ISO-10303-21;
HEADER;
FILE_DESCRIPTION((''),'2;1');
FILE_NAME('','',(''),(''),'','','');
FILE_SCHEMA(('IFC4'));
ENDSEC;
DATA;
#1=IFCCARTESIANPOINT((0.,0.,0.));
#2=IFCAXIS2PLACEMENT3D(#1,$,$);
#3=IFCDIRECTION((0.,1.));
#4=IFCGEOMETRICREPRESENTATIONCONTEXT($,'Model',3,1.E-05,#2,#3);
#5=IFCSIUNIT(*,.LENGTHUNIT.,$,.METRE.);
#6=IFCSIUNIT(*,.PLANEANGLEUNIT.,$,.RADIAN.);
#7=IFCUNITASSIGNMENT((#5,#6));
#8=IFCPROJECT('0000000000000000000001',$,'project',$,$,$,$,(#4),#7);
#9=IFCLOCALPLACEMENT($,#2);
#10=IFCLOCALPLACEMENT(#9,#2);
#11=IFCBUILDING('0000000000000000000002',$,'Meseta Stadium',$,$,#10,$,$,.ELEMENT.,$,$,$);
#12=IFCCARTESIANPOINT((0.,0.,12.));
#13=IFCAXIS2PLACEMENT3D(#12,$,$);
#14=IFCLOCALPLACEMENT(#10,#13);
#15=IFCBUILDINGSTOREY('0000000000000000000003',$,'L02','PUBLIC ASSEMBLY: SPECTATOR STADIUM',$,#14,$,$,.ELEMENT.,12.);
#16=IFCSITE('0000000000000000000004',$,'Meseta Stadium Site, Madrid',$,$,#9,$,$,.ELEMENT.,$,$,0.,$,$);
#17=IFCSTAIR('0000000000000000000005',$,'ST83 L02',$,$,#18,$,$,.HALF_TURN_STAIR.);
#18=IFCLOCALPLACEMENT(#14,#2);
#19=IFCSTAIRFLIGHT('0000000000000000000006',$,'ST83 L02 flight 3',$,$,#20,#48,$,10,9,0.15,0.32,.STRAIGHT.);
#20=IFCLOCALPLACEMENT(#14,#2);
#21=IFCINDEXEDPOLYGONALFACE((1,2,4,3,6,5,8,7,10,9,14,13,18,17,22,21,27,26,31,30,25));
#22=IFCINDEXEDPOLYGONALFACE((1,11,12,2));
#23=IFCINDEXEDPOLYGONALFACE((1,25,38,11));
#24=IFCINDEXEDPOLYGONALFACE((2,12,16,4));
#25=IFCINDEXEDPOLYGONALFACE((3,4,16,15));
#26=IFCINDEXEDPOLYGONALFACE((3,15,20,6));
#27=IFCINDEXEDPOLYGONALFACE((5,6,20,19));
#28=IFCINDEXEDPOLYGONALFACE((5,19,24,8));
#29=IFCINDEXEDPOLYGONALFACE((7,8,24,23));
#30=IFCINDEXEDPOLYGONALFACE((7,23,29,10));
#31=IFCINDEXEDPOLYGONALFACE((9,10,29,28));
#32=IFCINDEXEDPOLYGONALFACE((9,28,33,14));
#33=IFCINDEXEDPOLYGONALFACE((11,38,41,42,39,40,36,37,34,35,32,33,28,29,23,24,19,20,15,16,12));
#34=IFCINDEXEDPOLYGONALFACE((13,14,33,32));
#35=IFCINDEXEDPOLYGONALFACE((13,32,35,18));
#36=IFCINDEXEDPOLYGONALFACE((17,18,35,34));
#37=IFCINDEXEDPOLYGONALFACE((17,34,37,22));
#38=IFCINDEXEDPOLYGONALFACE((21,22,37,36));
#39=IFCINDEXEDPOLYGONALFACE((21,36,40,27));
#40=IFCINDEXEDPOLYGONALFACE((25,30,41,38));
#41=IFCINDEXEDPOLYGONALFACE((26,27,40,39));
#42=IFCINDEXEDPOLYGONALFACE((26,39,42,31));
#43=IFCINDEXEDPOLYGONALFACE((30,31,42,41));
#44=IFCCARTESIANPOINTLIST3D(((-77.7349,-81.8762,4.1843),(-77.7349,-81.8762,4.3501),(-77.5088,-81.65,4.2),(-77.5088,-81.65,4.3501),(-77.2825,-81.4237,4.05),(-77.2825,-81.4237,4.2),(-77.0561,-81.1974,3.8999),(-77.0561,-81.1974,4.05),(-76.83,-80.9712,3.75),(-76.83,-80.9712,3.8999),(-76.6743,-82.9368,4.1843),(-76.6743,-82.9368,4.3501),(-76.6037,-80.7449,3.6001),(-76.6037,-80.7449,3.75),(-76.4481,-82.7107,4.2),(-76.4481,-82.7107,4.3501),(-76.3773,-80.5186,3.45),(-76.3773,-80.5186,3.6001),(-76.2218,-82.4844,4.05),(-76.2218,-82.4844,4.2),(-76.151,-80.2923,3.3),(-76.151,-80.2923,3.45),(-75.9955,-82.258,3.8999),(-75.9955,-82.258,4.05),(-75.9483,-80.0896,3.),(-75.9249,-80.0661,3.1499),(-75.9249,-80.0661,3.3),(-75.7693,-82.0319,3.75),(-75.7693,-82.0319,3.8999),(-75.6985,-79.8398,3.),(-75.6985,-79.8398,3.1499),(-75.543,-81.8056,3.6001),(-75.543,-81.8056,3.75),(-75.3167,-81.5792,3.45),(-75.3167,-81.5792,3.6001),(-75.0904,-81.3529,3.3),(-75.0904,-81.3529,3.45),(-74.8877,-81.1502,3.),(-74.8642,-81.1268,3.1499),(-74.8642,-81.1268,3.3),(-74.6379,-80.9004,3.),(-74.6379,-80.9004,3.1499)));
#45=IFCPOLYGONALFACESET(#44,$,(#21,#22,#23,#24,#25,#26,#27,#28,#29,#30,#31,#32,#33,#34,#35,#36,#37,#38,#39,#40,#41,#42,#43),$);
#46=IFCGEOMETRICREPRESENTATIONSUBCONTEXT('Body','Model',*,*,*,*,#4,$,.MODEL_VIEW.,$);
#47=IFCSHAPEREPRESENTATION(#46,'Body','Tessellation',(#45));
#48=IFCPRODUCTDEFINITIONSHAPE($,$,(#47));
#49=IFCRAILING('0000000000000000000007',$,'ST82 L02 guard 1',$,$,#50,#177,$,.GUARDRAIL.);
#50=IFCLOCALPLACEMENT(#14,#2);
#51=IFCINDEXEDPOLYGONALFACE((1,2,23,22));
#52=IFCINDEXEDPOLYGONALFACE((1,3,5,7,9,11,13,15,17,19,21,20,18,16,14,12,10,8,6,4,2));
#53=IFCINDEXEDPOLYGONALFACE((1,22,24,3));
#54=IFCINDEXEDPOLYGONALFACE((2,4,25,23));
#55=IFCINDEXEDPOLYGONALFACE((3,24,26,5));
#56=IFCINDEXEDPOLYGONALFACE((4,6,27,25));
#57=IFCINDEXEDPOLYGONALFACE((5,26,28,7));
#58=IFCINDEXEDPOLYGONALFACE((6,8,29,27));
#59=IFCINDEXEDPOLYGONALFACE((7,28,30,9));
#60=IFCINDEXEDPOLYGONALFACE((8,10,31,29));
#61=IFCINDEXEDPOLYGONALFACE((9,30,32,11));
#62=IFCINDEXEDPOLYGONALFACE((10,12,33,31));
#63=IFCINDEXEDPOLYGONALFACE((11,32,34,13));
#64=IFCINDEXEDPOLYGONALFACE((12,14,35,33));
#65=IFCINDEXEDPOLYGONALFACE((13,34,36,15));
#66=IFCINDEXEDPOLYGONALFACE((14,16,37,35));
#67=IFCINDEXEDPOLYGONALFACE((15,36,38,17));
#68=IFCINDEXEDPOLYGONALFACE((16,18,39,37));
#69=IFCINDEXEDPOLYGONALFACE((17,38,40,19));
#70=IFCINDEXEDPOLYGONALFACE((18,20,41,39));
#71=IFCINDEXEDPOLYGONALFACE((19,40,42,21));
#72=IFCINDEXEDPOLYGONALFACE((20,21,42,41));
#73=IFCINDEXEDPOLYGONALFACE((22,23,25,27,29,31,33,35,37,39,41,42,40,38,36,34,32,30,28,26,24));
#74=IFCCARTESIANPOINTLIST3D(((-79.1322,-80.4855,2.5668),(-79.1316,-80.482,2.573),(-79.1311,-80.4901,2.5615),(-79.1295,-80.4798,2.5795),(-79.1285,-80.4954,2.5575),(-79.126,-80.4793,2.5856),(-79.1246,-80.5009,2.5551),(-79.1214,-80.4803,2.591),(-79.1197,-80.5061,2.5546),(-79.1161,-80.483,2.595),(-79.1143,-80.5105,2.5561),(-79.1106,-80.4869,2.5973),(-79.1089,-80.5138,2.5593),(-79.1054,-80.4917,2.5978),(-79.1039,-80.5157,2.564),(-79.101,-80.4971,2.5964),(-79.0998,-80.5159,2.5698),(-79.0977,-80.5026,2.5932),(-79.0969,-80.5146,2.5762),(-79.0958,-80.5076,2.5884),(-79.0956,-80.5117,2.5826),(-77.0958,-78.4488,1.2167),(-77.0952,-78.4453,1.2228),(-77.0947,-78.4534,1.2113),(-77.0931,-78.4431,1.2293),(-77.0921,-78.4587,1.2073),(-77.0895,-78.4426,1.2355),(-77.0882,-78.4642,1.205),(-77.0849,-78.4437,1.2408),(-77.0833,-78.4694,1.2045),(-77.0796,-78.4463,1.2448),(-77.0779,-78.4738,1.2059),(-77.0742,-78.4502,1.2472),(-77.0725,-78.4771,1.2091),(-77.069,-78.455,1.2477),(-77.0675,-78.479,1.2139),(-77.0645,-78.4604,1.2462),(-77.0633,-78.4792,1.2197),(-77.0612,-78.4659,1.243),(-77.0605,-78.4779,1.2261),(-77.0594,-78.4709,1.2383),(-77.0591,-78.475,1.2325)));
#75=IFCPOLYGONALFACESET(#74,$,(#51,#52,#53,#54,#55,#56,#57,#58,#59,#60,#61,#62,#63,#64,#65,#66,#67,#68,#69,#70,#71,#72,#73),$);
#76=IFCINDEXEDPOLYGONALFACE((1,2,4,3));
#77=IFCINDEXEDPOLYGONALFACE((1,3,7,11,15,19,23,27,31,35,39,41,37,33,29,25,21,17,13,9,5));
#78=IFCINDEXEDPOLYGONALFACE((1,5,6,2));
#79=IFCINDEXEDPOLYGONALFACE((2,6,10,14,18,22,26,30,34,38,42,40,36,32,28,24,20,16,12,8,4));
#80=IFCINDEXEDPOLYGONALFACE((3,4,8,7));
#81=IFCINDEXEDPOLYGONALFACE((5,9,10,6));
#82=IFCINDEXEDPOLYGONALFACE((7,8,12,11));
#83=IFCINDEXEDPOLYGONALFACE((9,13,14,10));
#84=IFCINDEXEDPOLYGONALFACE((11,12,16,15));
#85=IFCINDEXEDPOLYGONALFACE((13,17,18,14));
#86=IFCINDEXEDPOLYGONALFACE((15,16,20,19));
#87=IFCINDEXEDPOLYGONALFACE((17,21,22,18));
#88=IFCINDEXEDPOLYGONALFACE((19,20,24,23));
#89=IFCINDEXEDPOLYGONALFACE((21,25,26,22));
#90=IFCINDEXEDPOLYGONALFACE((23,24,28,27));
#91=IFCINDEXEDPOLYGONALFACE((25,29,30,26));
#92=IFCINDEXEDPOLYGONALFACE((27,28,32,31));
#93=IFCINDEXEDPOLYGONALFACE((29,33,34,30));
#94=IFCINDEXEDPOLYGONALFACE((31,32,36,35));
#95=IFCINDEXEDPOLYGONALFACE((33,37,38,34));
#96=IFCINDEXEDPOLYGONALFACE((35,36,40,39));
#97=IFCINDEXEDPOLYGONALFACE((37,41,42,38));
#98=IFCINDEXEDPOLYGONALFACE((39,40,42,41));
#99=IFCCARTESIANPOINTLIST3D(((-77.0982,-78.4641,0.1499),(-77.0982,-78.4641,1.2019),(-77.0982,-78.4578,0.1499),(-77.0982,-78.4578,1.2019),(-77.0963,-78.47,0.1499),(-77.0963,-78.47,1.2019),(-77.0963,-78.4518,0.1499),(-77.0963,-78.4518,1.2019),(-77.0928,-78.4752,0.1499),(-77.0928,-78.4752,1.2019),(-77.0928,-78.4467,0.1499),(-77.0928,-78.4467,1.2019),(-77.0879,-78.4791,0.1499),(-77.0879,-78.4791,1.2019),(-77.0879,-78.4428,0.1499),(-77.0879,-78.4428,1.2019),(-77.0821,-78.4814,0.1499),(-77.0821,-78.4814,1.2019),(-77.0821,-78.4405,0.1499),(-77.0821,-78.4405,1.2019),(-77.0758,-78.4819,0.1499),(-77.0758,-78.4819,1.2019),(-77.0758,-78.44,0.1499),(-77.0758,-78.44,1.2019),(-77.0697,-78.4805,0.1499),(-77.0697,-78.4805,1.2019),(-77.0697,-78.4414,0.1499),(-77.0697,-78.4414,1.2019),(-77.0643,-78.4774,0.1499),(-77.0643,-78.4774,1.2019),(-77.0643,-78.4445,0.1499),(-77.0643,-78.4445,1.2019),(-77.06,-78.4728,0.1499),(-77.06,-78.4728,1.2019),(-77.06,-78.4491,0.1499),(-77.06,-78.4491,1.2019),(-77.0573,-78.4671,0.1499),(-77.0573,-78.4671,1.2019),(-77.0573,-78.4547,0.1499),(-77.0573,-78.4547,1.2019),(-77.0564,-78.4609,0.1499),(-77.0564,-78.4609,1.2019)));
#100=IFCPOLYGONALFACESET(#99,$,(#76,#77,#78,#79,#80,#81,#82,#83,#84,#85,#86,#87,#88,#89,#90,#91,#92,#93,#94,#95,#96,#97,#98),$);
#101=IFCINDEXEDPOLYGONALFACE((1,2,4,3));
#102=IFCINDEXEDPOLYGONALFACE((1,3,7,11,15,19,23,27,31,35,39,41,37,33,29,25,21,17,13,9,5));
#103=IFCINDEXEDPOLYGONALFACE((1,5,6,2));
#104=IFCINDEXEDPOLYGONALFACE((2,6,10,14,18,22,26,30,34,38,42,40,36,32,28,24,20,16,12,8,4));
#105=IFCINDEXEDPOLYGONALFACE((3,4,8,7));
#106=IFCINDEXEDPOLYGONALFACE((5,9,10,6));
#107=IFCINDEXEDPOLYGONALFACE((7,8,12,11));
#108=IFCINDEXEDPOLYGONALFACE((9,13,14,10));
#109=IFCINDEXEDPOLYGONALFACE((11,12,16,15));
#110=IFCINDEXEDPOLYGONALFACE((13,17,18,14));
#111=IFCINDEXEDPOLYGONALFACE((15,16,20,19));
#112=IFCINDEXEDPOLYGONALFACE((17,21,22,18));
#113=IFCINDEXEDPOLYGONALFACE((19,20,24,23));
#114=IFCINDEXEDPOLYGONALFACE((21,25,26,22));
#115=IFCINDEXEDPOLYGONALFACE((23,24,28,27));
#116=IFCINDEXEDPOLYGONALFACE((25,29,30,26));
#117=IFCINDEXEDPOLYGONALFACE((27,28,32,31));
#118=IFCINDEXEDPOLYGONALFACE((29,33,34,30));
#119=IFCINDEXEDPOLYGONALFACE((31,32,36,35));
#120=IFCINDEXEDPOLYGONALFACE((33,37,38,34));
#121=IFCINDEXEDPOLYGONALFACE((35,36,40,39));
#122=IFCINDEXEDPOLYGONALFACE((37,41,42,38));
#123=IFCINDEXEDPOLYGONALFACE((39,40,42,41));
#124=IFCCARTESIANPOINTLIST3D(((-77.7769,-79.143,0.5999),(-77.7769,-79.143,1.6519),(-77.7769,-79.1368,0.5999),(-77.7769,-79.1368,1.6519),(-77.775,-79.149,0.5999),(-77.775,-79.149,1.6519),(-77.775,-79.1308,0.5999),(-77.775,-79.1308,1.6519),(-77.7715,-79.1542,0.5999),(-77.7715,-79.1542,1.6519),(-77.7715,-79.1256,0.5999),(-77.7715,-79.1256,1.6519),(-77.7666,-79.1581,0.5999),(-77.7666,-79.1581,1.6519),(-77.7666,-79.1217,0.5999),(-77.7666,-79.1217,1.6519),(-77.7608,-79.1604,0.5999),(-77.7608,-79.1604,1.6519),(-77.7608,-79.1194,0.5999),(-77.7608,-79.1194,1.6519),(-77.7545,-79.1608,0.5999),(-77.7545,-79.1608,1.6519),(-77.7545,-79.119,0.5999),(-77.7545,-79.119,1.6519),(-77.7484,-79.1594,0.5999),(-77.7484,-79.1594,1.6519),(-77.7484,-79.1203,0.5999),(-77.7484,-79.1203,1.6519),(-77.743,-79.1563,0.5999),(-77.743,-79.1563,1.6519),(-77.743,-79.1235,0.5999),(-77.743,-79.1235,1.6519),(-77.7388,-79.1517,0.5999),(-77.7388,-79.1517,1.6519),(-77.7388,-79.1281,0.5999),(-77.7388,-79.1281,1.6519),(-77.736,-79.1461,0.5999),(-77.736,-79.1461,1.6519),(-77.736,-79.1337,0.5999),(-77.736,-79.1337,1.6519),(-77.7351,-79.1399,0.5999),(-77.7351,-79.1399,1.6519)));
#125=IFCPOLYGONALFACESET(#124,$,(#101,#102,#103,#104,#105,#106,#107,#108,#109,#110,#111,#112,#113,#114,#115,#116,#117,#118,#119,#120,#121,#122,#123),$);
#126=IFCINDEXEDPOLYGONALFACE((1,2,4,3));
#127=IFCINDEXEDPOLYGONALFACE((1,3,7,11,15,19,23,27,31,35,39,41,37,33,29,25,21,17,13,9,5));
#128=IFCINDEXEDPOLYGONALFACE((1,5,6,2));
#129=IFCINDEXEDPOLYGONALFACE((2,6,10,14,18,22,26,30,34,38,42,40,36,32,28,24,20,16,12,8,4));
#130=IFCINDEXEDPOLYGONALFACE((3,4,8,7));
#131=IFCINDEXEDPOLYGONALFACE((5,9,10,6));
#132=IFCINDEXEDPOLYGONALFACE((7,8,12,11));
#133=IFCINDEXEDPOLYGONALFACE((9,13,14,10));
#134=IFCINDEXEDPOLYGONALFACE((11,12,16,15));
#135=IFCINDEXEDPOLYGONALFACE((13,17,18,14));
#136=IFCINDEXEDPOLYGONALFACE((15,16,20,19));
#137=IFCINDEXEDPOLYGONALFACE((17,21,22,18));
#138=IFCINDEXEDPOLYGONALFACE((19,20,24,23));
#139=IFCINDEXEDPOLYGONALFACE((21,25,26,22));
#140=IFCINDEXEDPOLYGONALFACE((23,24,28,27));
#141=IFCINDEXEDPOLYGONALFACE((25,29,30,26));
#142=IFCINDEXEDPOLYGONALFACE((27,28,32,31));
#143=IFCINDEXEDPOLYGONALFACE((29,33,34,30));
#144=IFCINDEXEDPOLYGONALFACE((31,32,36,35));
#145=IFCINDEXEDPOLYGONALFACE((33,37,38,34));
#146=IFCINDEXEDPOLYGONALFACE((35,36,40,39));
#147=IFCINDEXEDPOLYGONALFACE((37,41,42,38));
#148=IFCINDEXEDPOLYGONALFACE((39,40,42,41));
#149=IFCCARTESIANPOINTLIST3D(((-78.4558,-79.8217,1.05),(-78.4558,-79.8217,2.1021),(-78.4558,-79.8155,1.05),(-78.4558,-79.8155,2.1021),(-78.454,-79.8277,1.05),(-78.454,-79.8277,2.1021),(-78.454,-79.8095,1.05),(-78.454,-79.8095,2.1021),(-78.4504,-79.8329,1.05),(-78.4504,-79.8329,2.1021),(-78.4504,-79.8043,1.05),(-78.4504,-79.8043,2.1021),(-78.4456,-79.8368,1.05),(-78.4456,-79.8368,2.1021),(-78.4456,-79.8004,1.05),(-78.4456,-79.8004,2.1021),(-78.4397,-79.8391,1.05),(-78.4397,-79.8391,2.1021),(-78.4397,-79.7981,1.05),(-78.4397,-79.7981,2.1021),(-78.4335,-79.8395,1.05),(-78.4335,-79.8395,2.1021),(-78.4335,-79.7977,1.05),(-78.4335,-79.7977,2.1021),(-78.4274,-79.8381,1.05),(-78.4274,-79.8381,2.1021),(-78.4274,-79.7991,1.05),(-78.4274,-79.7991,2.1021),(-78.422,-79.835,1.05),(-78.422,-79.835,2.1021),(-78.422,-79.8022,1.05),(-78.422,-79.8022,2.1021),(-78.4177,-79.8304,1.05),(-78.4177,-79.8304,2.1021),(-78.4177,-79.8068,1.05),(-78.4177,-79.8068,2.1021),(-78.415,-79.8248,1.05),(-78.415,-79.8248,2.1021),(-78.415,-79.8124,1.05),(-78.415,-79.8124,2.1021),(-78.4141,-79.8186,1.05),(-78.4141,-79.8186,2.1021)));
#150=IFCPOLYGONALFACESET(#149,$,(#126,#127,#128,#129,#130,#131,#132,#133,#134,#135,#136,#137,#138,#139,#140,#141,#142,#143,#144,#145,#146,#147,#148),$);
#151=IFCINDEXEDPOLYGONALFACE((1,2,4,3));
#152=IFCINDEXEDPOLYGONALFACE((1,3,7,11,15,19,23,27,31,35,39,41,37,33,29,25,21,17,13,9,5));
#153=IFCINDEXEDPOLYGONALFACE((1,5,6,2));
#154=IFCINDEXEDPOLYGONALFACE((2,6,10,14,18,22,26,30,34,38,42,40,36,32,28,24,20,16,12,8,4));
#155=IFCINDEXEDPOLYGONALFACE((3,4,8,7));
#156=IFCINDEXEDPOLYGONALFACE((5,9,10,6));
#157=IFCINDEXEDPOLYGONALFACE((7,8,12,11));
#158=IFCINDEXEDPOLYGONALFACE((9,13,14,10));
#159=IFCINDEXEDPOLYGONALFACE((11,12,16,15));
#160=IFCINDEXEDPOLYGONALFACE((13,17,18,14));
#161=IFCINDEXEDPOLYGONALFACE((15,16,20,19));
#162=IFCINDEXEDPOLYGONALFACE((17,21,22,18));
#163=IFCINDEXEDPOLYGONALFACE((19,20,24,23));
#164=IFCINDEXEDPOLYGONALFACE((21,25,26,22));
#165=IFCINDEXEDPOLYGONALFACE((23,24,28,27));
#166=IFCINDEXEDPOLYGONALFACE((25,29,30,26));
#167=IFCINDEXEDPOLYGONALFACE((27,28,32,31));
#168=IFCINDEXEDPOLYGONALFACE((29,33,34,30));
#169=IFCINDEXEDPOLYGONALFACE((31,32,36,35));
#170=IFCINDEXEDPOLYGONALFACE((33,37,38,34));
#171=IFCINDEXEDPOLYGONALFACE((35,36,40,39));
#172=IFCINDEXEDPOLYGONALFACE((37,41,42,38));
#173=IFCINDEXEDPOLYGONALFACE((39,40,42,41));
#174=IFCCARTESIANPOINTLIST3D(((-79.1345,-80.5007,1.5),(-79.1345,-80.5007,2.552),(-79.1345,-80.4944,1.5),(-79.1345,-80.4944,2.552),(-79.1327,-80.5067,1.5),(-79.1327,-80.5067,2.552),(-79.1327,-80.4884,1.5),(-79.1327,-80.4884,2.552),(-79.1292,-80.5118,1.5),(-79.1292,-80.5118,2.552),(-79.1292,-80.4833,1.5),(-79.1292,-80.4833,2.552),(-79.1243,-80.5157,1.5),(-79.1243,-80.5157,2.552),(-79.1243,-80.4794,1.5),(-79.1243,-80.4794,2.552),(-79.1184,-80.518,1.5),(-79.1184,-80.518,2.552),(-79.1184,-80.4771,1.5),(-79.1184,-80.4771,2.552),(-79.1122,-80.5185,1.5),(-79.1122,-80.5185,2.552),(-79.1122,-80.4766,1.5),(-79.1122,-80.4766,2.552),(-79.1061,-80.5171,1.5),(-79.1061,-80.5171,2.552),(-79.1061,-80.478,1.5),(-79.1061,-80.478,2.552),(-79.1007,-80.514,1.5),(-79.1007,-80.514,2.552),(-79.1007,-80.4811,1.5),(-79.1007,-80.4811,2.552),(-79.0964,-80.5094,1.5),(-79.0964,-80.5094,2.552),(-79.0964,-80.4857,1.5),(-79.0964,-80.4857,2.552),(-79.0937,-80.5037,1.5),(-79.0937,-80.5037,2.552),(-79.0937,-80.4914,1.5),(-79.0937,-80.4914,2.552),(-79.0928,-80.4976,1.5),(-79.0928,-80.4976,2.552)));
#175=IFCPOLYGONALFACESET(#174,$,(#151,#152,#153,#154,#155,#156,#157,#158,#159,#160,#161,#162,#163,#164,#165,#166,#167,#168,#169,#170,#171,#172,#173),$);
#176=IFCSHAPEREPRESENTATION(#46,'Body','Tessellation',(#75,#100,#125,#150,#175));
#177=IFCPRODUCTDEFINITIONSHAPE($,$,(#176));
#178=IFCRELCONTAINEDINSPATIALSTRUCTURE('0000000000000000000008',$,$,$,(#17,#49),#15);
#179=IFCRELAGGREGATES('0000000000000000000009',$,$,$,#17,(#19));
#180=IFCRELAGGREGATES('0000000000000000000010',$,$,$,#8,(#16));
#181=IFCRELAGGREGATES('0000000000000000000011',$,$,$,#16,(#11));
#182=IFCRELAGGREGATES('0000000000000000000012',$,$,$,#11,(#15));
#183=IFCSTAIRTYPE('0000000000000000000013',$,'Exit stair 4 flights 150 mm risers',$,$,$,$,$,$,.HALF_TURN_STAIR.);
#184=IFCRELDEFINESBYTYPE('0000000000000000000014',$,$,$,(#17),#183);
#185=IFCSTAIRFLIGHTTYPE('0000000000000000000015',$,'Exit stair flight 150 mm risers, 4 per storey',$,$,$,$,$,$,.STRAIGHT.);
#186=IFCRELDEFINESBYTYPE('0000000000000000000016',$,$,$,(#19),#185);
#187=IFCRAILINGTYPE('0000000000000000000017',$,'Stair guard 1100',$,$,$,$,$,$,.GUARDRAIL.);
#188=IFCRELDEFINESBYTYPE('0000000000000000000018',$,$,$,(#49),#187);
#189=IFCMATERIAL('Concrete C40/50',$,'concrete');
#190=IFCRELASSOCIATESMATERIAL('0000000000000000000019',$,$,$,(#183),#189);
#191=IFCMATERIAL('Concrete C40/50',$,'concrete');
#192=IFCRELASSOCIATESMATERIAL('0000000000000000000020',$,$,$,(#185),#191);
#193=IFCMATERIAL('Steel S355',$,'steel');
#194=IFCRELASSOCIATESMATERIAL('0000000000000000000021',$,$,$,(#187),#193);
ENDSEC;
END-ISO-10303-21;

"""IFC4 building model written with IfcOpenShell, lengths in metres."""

from ifc_helpers import new_model, si_unit, direction, frame, origin, origin_2d, place, context, subcontext, project, spatial, polyline, circle, outline, extrude, material, type_object, element, aggregate, save


model = new_model("IFC4")

# Units and contexts
model_context = context("Model", 3, precision=1e-05, world=origin(), true_north=direction((0.0, 1.0)))
body_context = subcontext(model_context, "Body", "Model", "MODEL_VIEW")
ifc_project = project(units=[si_unit("LENGTHUNIT", "METRE"), si_unit("PLANEANGLEUNIT", "RADIAN")], contexts=[model_context])

# Site, building, storey
site_placement = place(None, origin())
site = spatial("IfcSite", under=ifc_project, at=site_placement, Name="Meseta Stadium Site, Madrid", CompositionType="ELEMENT", RefElevation=0.0)
building_placement = place(site_placement, origin())
building = spatial("IfcBuilding", under=site, at=building_placement, Name="Meseta Stadium", CompositionType="ELEMENT")
storey_placement = place(building_placement, frame((0.0, 0.0, 12.0)))
storey = spatial("IfcBuildingStorey", under=building, at=storey_placement, Name="L02", Description="PUBLIC ASSEMBLY: SPECTATOR STADIUM", CompositionType="ELEMENT", Elevation=12.0)

# Stair, stair flight
ifc_material_1 = material(Name="Concrete C40/50", Category="concrete")
stair_type = type_object("IfcStairType", Name="Exit stair 4 flights 150 mm risers", PredefinedType="HALF_TURN_STAIR", material=ifc_material_1)
ifc_material_2 = material(Name="Concrete C40/50", Category="concrete")
stair_flight_type = type_object("IfcStairFlightType", Name="Exit stair flight 150 mm risers, 4 per storey", PredefinedType="STRAIGHT", material=ifc_material_2)
stair_1_placement = place(storey_placement, origin())
stair_1 = element("IfcStair", 1, at=stair_1_placement, inside=storey, type_object=stair_type, Name="ST83 L02", PredefinedType="HALF_TURN_STAIR")
stair_flight_1_placement = place(storey_placement, frame((-75.1682, -80.3701, 3.0), z_axis=(0.0, 0.0, 1.0), x_axis=(-0.707107, -0.707107, 0.0)))
stair_flight_1 = element("IfcStairFlight", 2, at=stair_flight_1_placement, type_object=stair_flight_type, Name="ST83 L02 flight 3", NumberOfRisers=10, NumberOfTreads=9, PredefinedType="STRAIGHT", RiserHeight=0.15, TreadLength=0.32, context=body_context, shape_type="SweptSolid", body=[
    extrude(outline(polyline([(0.0, 0.0), (0.0, 0.1499), (0.3201, 0.1499), (0.3201, 0.3), (0.6399, 0.3), (0.6399, 0.45), (0.96, 0.45), (0.96, 0.6001), (1.28, 0.6001), (1.28, 0.75), (1.6001, 0.75), (1.6001, 0.8999), (1.9199, 0.8999), (1.9199, 1.05), (2.24, 1.05), (2.24, 1.2), (2.5601, 1.2), (2.5601, 1.3501), (2.8799, 1.3501), (2.8799, 1.1843), (0.3533, 0.0), (0.0, 0.0)])), frame((0.0, 0.75, 0.0), z_axis=(0.0, -1.0, 0.0), x_axis=(1.0, 0.0, 0.0)), (0.0, 0.0, 1.0), 1.5),
])
aggregate(stair_1, [stair_flight_1])

# Railing
ifc_material_3 = material(Name="Steel S355", Category="steel")
railing_type_1 = type_object("IfcRailingType", Name="Stair guard 1100", PredefinedType="GUARDRAIL", material=ifc_material_3)
railing_1_placement = place(storey_placement, frame((-77.0774, -78.4609, 0.1499)))
element("IfcRailing", 3, at=railing_1_placement, inside=storey, type_object=railing_type_1, Name="ST82 L02 guard 1", PredefinedType="GUARDRAIL", context=body_context, shape_type="SweptSolid", body=[
    extrude(circle(Radius=0.0239, at=origin_2d()), frame((0.0, 0.0, 1.0762), z_axis=(-0.640211, -0.640288, 0.424454), x_axis=(0.707149, -0.707064, 0.0)), (0.0, 0.0, 1.0), 3.1809),
    extrude(circle(Radius=0.021, at=origin_2d()), origin(), (0.0, 0.0, 1.0), 1.052),
    extrude(circle(Radius=0.021, at=origin_2d()), frame((-0.6787, -0.679, 0.45)), (0.0, 0.0, 1.0), 1.052),
    extrude(circle(Radius=0.021, at=origin_2d()), frame((-1.3577, -1.3577, 0.9001)), (0.0, 0.0, 1.0), 1.052),
    extrude(circle(Radius=0.021, at=origin_2d()), frame((-2.0364, -2.0366, 1.3501)), (0.0, 0.0, 1.0), 1.052),
])

save(model, "model.ifc")
